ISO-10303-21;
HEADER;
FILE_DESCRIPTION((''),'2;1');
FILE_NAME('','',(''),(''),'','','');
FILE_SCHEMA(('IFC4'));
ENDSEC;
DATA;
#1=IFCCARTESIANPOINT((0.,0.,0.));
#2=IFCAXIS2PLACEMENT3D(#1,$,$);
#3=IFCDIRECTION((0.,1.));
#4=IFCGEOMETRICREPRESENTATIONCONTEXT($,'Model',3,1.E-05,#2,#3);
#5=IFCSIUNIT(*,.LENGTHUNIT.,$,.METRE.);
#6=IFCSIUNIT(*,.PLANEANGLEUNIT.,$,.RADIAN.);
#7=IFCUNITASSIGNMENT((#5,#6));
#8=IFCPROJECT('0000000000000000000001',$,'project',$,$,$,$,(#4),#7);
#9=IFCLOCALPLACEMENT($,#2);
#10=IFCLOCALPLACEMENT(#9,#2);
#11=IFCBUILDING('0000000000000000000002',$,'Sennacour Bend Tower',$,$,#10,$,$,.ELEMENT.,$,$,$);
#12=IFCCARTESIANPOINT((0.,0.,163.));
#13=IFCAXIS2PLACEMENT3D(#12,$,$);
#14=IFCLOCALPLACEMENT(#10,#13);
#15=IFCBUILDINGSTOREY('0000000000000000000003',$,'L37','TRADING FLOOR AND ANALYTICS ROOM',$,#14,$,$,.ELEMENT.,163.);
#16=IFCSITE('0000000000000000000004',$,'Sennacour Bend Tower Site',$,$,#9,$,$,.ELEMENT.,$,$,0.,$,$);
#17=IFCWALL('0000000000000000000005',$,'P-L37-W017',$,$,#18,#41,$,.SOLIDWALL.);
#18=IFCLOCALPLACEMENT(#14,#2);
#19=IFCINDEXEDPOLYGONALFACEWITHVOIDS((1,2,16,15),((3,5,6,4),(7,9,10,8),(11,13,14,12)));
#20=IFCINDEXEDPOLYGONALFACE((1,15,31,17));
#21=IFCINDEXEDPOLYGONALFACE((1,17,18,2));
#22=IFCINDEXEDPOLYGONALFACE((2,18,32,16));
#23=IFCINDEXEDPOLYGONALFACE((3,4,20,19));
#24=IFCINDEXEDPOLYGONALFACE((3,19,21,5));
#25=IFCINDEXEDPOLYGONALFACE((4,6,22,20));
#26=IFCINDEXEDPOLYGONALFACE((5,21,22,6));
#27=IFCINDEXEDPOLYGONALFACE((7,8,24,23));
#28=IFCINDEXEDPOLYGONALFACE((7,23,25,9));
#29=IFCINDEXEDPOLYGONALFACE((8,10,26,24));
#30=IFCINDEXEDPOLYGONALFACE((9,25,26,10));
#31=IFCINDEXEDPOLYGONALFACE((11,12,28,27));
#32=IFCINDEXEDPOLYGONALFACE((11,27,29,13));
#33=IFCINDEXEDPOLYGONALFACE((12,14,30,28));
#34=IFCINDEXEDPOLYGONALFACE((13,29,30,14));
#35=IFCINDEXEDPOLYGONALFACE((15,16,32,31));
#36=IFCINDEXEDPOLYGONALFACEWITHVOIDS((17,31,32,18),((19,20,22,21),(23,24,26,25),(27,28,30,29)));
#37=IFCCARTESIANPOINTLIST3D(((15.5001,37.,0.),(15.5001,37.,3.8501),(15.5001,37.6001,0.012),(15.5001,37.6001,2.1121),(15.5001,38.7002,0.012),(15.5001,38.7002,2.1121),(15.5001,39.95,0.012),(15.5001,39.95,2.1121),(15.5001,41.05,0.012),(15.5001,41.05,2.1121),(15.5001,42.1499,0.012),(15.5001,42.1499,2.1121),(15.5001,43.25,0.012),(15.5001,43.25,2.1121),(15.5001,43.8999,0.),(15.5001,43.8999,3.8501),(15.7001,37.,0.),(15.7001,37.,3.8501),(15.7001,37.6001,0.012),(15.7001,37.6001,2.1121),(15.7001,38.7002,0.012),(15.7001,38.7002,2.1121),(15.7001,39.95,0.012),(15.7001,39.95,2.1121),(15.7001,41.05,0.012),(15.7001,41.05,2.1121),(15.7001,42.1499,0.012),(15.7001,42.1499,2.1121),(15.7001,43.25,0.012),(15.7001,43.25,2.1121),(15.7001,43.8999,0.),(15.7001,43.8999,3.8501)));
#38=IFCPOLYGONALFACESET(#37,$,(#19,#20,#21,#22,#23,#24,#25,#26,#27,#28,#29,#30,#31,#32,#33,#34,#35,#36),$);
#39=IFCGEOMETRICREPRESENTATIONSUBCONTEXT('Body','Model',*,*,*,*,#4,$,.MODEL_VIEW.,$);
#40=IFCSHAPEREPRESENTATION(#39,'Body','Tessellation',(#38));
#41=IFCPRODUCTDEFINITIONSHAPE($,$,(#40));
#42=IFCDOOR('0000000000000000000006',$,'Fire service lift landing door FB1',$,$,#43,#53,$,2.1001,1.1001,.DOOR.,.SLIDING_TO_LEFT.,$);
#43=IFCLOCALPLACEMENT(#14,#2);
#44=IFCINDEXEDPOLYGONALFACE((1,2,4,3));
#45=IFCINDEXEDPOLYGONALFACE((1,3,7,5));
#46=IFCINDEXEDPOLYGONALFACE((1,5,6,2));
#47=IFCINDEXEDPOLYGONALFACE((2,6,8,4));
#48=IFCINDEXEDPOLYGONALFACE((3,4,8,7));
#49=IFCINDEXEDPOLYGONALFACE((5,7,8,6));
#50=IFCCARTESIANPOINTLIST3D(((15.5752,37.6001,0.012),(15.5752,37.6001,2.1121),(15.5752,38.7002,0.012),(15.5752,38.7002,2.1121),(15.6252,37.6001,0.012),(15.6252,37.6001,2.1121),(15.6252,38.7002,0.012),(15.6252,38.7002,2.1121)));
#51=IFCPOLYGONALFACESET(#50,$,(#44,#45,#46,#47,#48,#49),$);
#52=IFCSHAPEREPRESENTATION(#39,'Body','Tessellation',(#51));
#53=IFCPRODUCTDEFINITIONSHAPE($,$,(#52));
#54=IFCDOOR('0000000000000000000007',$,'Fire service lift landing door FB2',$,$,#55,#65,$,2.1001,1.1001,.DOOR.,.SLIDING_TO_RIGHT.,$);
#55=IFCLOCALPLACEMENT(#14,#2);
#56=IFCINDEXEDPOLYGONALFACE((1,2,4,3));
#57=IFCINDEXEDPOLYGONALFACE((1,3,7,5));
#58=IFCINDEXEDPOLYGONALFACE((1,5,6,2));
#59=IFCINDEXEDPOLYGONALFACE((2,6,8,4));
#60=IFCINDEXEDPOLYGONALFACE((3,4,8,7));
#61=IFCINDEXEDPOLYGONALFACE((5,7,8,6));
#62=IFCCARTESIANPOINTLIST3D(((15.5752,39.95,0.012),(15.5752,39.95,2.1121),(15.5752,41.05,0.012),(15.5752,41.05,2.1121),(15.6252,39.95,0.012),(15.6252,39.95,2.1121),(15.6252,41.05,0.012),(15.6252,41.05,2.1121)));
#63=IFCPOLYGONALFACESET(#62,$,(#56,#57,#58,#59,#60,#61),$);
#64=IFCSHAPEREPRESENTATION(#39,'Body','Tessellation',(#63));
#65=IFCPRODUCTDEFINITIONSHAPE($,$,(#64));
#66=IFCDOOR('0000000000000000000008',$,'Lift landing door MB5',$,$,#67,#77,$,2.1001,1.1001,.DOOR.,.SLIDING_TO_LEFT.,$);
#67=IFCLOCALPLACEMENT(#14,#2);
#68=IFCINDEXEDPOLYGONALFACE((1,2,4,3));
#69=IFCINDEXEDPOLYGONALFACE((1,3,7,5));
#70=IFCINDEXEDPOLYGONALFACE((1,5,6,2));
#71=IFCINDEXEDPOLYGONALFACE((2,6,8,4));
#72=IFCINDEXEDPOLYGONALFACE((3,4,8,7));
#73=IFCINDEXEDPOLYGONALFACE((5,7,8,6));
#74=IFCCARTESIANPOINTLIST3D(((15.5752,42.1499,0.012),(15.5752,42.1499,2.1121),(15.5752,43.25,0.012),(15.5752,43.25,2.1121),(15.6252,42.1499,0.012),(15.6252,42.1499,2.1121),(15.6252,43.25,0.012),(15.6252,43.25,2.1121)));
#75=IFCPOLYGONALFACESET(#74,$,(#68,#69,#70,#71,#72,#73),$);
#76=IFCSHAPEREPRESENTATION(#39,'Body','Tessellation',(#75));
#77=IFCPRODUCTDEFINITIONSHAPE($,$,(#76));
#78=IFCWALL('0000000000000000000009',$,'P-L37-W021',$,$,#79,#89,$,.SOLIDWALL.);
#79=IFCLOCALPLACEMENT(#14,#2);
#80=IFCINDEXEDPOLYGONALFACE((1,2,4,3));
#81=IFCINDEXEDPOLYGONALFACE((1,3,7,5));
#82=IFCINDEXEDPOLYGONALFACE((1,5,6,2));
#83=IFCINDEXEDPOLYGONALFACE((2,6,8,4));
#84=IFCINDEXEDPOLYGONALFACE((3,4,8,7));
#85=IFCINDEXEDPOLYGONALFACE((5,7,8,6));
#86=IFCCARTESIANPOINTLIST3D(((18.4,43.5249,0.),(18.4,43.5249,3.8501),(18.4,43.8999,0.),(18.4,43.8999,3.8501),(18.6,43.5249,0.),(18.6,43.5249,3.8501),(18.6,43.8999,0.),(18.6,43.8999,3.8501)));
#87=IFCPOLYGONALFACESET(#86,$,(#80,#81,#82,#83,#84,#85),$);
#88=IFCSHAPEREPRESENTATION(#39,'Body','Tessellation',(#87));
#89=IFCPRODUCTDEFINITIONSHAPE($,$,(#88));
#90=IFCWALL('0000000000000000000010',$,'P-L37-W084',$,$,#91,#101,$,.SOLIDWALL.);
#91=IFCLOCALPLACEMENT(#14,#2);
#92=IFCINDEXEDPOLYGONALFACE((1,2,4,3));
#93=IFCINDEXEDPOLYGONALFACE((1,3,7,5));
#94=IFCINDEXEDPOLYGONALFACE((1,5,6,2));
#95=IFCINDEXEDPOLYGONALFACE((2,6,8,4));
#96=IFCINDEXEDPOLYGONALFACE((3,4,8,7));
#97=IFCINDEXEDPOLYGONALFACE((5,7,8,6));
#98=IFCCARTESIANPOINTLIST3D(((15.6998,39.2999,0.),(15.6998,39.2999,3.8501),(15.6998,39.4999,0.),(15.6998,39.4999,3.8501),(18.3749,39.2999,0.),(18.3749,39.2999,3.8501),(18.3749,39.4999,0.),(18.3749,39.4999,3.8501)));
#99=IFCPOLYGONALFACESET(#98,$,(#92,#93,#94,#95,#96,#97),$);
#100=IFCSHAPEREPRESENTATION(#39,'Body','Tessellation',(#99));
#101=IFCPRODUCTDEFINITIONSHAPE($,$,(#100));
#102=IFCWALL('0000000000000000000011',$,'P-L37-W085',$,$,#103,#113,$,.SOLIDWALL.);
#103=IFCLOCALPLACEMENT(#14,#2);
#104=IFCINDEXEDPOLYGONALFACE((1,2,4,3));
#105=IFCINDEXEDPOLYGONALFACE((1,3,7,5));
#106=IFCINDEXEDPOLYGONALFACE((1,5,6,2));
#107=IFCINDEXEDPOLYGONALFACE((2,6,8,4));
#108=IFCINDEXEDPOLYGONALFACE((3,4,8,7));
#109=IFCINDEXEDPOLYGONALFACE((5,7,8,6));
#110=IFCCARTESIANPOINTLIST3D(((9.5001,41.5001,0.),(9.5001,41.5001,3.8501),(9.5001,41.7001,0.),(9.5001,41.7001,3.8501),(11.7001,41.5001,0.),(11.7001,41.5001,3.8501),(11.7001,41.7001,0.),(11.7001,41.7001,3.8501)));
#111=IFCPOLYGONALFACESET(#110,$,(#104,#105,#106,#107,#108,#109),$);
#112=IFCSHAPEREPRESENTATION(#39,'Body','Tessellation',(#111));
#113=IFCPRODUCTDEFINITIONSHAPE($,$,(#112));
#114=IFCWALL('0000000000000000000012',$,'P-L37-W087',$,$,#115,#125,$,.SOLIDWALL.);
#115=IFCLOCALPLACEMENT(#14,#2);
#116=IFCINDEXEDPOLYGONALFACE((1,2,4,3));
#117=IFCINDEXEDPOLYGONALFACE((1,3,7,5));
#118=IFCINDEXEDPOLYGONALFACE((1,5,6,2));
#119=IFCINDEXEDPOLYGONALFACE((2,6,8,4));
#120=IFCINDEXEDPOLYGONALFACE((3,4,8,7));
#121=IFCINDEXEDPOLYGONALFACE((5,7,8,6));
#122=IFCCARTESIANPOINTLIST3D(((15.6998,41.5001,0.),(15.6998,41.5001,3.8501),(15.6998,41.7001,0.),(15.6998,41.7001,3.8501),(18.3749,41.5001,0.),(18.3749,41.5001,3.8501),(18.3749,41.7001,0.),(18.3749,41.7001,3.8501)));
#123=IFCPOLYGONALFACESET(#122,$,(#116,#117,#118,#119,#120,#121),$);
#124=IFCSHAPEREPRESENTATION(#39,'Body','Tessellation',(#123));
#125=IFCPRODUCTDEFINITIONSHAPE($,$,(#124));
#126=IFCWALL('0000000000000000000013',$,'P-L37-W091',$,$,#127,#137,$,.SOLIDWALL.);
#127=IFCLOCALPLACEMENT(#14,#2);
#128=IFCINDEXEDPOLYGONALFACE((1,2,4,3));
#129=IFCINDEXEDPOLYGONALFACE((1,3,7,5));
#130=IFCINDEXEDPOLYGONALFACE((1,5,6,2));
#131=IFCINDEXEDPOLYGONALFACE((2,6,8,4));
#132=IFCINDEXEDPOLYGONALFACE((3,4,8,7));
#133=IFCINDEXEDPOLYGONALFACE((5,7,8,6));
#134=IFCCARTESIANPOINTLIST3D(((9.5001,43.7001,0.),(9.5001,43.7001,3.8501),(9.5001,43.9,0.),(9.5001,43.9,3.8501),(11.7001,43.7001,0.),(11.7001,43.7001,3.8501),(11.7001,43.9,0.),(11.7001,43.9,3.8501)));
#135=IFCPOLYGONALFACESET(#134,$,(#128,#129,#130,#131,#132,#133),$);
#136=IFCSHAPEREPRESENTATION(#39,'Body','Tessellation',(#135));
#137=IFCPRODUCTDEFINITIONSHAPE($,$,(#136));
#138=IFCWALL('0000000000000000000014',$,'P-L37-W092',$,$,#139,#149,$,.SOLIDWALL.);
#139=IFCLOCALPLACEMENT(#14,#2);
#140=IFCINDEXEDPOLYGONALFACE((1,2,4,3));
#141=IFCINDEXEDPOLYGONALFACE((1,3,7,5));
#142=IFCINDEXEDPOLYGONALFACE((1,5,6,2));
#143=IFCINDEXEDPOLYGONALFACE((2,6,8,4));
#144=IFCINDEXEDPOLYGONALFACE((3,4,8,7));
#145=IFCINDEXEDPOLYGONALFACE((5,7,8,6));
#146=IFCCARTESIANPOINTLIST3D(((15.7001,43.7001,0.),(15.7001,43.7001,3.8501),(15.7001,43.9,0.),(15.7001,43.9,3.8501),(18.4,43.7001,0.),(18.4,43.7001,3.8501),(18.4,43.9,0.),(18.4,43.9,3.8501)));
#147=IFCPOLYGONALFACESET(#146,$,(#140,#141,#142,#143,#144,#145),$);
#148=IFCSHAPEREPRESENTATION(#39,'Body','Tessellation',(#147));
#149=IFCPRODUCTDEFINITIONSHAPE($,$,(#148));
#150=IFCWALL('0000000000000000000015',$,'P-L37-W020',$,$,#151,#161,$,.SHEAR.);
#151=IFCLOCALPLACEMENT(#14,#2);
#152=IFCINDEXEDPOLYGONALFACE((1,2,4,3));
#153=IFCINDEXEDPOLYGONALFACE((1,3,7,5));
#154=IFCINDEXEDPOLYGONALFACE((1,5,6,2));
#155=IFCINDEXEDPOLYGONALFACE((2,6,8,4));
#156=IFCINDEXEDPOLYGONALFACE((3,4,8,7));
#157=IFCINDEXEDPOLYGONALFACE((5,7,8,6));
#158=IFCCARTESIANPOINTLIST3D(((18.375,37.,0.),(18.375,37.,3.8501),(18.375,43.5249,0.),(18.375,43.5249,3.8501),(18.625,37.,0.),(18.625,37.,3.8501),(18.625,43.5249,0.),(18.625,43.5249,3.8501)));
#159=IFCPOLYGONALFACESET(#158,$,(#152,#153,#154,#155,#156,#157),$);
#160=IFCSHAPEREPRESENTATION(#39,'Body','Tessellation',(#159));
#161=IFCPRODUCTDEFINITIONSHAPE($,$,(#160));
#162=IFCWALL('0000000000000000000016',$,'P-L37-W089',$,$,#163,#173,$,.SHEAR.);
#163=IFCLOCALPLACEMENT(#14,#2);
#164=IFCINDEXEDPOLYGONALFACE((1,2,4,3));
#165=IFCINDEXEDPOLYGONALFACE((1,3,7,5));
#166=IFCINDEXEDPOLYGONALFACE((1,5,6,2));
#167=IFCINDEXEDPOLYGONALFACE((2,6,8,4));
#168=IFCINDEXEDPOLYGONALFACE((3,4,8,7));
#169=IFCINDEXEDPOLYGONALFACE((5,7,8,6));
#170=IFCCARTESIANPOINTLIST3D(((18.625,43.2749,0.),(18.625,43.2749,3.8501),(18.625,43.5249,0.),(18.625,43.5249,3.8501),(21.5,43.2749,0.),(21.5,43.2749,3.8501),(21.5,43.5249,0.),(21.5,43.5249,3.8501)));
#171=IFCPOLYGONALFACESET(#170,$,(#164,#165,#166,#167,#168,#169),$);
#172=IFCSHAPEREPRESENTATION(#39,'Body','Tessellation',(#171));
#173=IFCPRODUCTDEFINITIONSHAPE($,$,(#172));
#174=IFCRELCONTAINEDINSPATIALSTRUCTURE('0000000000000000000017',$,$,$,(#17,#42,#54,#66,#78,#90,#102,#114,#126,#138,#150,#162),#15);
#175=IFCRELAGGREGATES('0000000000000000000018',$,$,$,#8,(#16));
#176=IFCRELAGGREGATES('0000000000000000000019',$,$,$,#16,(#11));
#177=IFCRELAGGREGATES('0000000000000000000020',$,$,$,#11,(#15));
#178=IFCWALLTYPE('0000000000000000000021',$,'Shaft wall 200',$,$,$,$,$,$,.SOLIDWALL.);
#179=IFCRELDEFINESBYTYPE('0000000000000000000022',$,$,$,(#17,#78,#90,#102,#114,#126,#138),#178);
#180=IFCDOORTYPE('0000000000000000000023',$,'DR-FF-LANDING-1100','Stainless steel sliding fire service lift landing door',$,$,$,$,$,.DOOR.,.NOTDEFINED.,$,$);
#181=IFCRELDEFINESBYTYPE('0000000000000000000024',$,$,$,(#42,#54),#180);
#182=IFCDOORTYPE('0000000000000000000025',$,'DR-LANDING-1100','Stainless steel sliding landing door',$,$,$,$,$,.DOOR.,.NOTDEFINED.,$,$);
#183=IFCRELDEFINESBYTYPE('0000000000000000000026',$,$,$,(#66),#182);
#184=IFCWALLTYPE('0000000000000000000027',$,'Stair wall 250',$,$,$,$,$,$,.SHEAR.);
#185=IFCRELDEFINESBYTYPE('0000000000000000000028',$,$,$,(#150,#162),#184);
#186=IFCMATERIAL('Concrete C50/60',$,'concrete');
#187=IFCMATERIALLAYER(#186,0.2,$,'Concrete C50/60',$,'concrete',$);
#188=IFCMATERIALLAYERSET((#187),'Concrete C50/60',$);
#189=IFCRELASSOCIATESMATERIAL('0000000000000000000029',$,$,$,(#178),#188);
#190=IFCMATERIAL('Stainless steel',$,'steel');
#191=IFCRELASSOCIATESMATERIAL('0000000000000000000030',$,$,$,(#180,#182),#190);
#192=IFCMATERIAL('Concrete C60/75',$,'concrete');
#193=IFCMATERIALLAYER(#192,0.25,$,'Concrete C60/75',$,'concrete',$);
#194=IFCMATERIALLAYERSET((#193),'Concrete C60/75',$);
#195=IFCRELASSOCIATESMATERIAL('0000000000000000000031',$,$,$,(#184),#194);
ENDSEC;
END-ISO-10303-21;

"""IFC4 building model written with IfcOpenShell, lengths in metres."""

from ifc_helpers import new_model, si_unit, direction, frame, frame_2d, origin, place, context, subcontext, project, spatial, rectangle, extrude, material, layer, layer_set, type_object, element, fill, save


model = new_model("IFC4")

# Units and contexts
model_context = context("Model", 3, precision=1e-05, world=origin(), true_north=direction((0.0, 1.0)))
body_context = subcontext(model_context, "Body", "Model", "MODEL_VIEW")
ifc_project = project(units=[si_unit("LENGTHUNIT", "METRE"), si_unit("PLANEANGLEUNIT", "RADIAN")], contexts=[model_context])

# Site, building, storey
site_placement = place(None, origin())
site = spatial("IfcSite", under=ifc_project, at=site_placement, Name="Sennacour Bend Tower Site", CompositionType="ELEMENT", RefElevation=0.0)
building_placement = place(site_placement, origin())
building = spatial("IfcBuilding", under=site, at=building_placement, Name="Sennacour Bend Tower", CompositionType="ELEMENT")
storey_placement = place(building_placement, frame((0.0, 0.0, 163.0)))
storey = spatial("IfcBuildingStorey", under=building, at=storey_placement, Name="L37", Description="TRADING FLOOR AND ANALYTICS ROOM", CompositionType="ELEMENT", Elevation=163.0)

# Shared definitions
ifc_material_1 = material(Name="Concrete C50/60", Category="concrete")
ifc_layer_1 = layer(ifc_material_1, 0.2, Name="Concrete C50/60", Category="concrete")
ifc_layer_set_1 = layer_set([ifc_layer_1], Name="Concrete C50/60")
wall_type_1 = type_object("IfcWallType", Name="Shaft wall 200", PredefinedType="SOLIDWALL", material=ifc_layer_set_1)

# Wall, openings, doors
wall_1_placement = place(storey_placement, frame((15.6001, 37.0, 0.0), z_axis=(0.0, 0.0, 1.0), x_axis=(0.0, 1.0, 0.0)))
wall_1 = element("IfcWall", 1, at=wall_1_placement, inside=storey, type_object=wall_type_1, Name="P-L37-W017", PredefinedType="SOLIDWALL", context=body_context, shape_type="SweptSolid", body=[
    extrude(rectangle(XDim=6.8999, YDim=0.2, at=frame_2d((3.45, 0.0))), origin(), (0.0, 0.0, 1.0), 3.8501),
])
opening_1_placement = place(wall_1_placement, frame((0.6001, 0.0, 0.012)))
opening_1 = element("IfcOpeningElement", 2, at=opening_1_placement, cuts=wall_1, PredefinedType="OPENING", context=body_context, shape_type="SweptSolid", body=[
    extrude(rectangle(XDim=1.1001, YDim=2.1001, at=frame_2d((0.55, 1.05))), frame((0.0, 0.1099, 0.0), z_axis=(0.0, -1.0, 0.0), x_axis=(1.0, 0.0, 0.0)), (0.0, 0.0, 1.0), 0.22),
])
opening_2_placement = place(wall_1_placement, frame((2.95, 0.0, 0.012)))
opening_2 = element("IfcOpeningElement", 3, at=opening_2_placement, cuts=wall_1, PredefinedType="OPENING", context=body_context, shape_type="SweptSolid", body=[
    extrude(rectangle(XDim=1.1001, YDim=2.1001, at=frame_2d((0.55, 1.05))), frame((0.0, 0.1099, 0.0), z_axis=(0.0, -1.0, 0.0), x_axis=(1.0, 0.0, 0.0)), (0.0, 0.0, 1.0), 0.22),
])
opening_3_placement = place(wall_1_placement, frame((5.1499, 0.0, 0.012)))
opening_3 = element("IfcOpeningElement", 4, at=opening_3_placement, cuts=wall_1, PredefinedType="OPENING", context=body_context, shape_type="SweptSolid", body=[
    extrude(rectangle(XDim=1.1001, YDim=2.1001, at=frame_2d((0.55, 1.05))), frame((0.0, 0.1099, 0.0), z_axis=(0.0, -1.0, 0.0), x_axis=(1.0, 0.0, 0.0)), (0.0, 0.0, 1.0), 0.22),
])
ifc_material_2 = material(Name="Stainless steel", Category="steel")
door_type_1 = type_object("IfcDoorType", Name="DR-FF-LANDING-1100", Description="Stainless steel sliding fire service lift landing door", OperationType="NOTDEFINED", PredefinedType="DOOR", material=ifc_material_2)
door_1_placement = place(opening_1_placement, origin())
door_1 = element("IfcDoor", 5, at=door_1_placement, inside=storey, type_object=door_type_1, Name="Fire service lift landing door FB1", OperationType="SLIDING_TO_LEFT", OverallHeight=2.1001, OverallWidth=1.1001, PredefinedType="DOOR", context=body_context, shape_type="SweptSolid", body=[
    extrude(rectangle(XDim=1.1001, YDim=2.1001, at=frame_2d((0.55, 1.05))), frame((0.0, 0.0249, 0.0), z_axis=(0.0, -1.0, 0.0), x_axis=(1.0, 0.0, 0.0)), (0.0, 0.0, 1.0), 0.05),
])
fill(opening_1, door_1)
door_2_placement = place(opening_2_placement, origin())
door_2 = element("IfcDoor", 6, at=door_2_placement, inside=storey, type_object=door_type_1, Name="Fire service lift landing door FB2", OperationType="SLIDING_TO_RIGHT", OverallHeight=2.1001, OverallWidth=1.1001, PredefinedType="DOOR", context=body_context, shape_type="SweptSolid", body=[
    extrude(rectangle(XDim=1.1001, YDim=2.1001, at=frame_2d((0.55, 1.05))), frame((0.0, 0.0249, 0.0), z_axis=(0.0, -1.0, 0.0), x_axis=(1.0, 0.0, 0.0)), (0.0, 0.0, 1.0), 0.05),
])
fill(opening_2, door_2)
door_type_2 = type_object("IfcDoorType", Name="DR-LANDING-1100", Description="Stainless steel sliding landing door", OperationType="NOTDEFINED", PredefinedType="DOOR", material=ifc_material_2)
door_3_placement = place(opening_3_placement, origin())
door_3 = element("IfcDoor", 7, at=door_3_placement, inside=storey, type_object=door_type_2, Name="Lift landing door MB5", OperationType="SLIDING_TO_LEFT", OverallHeight=2.1001, OverallWidth=1.1001, PredefinedType="DOOR", context=body_context, shape_type="SweptSolid", body=[
    extrude(rectangle(XDim=1.1001, YDim=2.1001, at=frame_2d((0.55, 1.05))), frame((0.0, 0.0249, 0.0), z_axis=(0.0, -1.0, 0.0), x_axis=(1.0, 0.0, 0.0)), (0.0, 0.0, 1.0), 0.05),
])
fill(opening_3, door_3)

# Walls
wall_2_placement = place(storey_placement, frame((18.5, 43.5249, 0.0), z_axis=(0.0, 0.0, 1.0), x_axis=(0.0, 1.0, 0.0)))
element("IfcWall", 8, at=wall_2_placement, inside=storey, type_object=wall_type_1, Name="P-L37-W021", PredefinedType="SOLIDWALL", context=body_context, shape_type="SweptSolid", body=[
    extrude(rectangle(XDim=0.375, YDim=0.2, at=frame_2d((0.1875, 0.0))), origin(), (0.0, 0.0, 1.0), 3.8501),
])
wall_3_placement = place(storey_placement, frame((15.7, 39.3999, 0.0), z_axis=(0.0, 0.0, 1.0), x_axis=(1.0, 0.0, 0.0)))
element("IfcWall", 9, at=wall_3_placement, inside=storey, type_object=wall_type_1, Name="P-L37-W084", PredefinedType="SOLIDWALL", context=body_context, shape_type="SweptSolid", body=[
    extrude(rectangle(XDim=2.675, YDim=0.2, at=frame_2d((1.3374, 0.0))), origin(), (0.0, 0.0, 1.0), 3.8501),
])
wall_4_placement = place(storey_placement, frame((9.5, 41.6001, 0.0), z_axis=(0.0, 0.0, 1.0), x_axis=(1.0, 0.0, 0.0)))
element("IfcWall", 10, at=wall_4_placement, inside=storey, type_object=wall_type_1, Name="P-L37-W085", PredefinedType="SOLIDWALL", context=body_context, shape_type="SweptSolid", body=[
    extrude(rectangle(XDim=2.2, YDim=0.2, at=frame_2d((1.1001, 0.0))), origin(), (0.0, 0.0, 1.0), 3.8501),
])
wall_5_placement = place(storey_placement, frame((15.7, 41.6001, 0.0), z_axis=(0.0, 0.0, 1.0), x_axis=(1.0, 0.0, 0.0)))
element("IfcWall", 11, at=wall_5_placement, inside=storey, type_object=wall_type_1, Name="P-L37-W087", PredefinedType="SOLIDWALL", context=body_context, shape_type="SweptSolid", body=[
    extrude(rectangle(XDim=2.675, YDim=0.2, at=frame_2d((1.3374, 0.0))), origin(), (0.0, 0.0, 1.0), 3.8501),
])
wall_6_placement = place(storey_placement, frame((9.5, 43.8, 0.0), z_axis=(0.0, 0.0, 1.0), x_axis=(1.0, 0.0, 0.0)))
element("IfcWall", 12, at=wall_6_placement, inside=storey, type_object=wall_type_1, Name="P-L37-W091", PredefinedType="SOLIDWALL", context=body_context, shape_type="SweptSolid", body=[
    extrude(rectangle(XDim=2.2, YDim=0.2, at=frame_2d((1.1001, 0.0))), origin(), (0.0, 0.0, 1.0), 3.8501),
])
wall_7_placement = place(storey_placement, frame((15.7, 43.8, 0.0), z_axis=(0.0, 0.0, 1.0), x_axis=(1.0, 0.0, 0.0)))
element("IfcWall", 13, at=wall_7_placement, inside=storey, type_object=wall_type_1, Name="P-L37-W092", PredefinedType="SOLIDWALL", context=body_context, shape_type="SweptSolid", body=[
    extrude(rectangle(XDim=2.7, YDim=0.2, at=frame_2d((1.3501, 0.0))), origin(), (0.0, 0.0, 1.0), 3.8501),
])
ifc_material_3 = material(Name="Concrete C60/75", Category="concrete")
ifc_layer_2 = layer(ifc_material_3, 0.25, Name="Concrete C60/75", Category="concrete")
ifc_layer_set_2 = layer_set([ifc_layer_2], Name="Concrete C60/75")
wall_type_2 = type_object("IfcWallType", Name="Stair wall 250", PredefinedType="SHEAR", material=ifc_layer_set_2)
wall_8_placement = place(storey_placement, frame((18.5, 37.0, 0.0), z_axis=(0.0, 0.0, 1.0), x_axis=(0.0, 1.0, 0.0)))
element("IfcWall", 14, at=wall_8_placement, inside=storey, type_object=wall_type_2, Name="P-L37-W020", PredefinedType="SHEAR", context=body_context, shape_type="SweptSolid", body=[
    extrude(rectangle(XDim=6.5249, YDim=0.25, at=frame_2d((3.2625, 0.0))), origin(), (0.0, 0.0, 1.0), 3.8501),
])
wall_9_placement = place(storey_placement, frame((18.625, 43.3999, 0.0), z_axis=(0.0, 0.0, 1.0), x_axis=(1.0, 0.0, 0.0)))
element("IfcWall", 15, at=wall_9_placement, inside=storey, type_object=wall_type_2, Name="P-L37-W089", PredefinedType="SHEAR", context=body_context, shape_type="SweptSolid", body=[
    extrude(rectangle(XDim=2.875, YDim=0.25, at=frame_2d((1.4375, 0.0))), origin(), (0.0, 0.0, 1.0), 3.8501),
])

save(model, "model.ifc")
